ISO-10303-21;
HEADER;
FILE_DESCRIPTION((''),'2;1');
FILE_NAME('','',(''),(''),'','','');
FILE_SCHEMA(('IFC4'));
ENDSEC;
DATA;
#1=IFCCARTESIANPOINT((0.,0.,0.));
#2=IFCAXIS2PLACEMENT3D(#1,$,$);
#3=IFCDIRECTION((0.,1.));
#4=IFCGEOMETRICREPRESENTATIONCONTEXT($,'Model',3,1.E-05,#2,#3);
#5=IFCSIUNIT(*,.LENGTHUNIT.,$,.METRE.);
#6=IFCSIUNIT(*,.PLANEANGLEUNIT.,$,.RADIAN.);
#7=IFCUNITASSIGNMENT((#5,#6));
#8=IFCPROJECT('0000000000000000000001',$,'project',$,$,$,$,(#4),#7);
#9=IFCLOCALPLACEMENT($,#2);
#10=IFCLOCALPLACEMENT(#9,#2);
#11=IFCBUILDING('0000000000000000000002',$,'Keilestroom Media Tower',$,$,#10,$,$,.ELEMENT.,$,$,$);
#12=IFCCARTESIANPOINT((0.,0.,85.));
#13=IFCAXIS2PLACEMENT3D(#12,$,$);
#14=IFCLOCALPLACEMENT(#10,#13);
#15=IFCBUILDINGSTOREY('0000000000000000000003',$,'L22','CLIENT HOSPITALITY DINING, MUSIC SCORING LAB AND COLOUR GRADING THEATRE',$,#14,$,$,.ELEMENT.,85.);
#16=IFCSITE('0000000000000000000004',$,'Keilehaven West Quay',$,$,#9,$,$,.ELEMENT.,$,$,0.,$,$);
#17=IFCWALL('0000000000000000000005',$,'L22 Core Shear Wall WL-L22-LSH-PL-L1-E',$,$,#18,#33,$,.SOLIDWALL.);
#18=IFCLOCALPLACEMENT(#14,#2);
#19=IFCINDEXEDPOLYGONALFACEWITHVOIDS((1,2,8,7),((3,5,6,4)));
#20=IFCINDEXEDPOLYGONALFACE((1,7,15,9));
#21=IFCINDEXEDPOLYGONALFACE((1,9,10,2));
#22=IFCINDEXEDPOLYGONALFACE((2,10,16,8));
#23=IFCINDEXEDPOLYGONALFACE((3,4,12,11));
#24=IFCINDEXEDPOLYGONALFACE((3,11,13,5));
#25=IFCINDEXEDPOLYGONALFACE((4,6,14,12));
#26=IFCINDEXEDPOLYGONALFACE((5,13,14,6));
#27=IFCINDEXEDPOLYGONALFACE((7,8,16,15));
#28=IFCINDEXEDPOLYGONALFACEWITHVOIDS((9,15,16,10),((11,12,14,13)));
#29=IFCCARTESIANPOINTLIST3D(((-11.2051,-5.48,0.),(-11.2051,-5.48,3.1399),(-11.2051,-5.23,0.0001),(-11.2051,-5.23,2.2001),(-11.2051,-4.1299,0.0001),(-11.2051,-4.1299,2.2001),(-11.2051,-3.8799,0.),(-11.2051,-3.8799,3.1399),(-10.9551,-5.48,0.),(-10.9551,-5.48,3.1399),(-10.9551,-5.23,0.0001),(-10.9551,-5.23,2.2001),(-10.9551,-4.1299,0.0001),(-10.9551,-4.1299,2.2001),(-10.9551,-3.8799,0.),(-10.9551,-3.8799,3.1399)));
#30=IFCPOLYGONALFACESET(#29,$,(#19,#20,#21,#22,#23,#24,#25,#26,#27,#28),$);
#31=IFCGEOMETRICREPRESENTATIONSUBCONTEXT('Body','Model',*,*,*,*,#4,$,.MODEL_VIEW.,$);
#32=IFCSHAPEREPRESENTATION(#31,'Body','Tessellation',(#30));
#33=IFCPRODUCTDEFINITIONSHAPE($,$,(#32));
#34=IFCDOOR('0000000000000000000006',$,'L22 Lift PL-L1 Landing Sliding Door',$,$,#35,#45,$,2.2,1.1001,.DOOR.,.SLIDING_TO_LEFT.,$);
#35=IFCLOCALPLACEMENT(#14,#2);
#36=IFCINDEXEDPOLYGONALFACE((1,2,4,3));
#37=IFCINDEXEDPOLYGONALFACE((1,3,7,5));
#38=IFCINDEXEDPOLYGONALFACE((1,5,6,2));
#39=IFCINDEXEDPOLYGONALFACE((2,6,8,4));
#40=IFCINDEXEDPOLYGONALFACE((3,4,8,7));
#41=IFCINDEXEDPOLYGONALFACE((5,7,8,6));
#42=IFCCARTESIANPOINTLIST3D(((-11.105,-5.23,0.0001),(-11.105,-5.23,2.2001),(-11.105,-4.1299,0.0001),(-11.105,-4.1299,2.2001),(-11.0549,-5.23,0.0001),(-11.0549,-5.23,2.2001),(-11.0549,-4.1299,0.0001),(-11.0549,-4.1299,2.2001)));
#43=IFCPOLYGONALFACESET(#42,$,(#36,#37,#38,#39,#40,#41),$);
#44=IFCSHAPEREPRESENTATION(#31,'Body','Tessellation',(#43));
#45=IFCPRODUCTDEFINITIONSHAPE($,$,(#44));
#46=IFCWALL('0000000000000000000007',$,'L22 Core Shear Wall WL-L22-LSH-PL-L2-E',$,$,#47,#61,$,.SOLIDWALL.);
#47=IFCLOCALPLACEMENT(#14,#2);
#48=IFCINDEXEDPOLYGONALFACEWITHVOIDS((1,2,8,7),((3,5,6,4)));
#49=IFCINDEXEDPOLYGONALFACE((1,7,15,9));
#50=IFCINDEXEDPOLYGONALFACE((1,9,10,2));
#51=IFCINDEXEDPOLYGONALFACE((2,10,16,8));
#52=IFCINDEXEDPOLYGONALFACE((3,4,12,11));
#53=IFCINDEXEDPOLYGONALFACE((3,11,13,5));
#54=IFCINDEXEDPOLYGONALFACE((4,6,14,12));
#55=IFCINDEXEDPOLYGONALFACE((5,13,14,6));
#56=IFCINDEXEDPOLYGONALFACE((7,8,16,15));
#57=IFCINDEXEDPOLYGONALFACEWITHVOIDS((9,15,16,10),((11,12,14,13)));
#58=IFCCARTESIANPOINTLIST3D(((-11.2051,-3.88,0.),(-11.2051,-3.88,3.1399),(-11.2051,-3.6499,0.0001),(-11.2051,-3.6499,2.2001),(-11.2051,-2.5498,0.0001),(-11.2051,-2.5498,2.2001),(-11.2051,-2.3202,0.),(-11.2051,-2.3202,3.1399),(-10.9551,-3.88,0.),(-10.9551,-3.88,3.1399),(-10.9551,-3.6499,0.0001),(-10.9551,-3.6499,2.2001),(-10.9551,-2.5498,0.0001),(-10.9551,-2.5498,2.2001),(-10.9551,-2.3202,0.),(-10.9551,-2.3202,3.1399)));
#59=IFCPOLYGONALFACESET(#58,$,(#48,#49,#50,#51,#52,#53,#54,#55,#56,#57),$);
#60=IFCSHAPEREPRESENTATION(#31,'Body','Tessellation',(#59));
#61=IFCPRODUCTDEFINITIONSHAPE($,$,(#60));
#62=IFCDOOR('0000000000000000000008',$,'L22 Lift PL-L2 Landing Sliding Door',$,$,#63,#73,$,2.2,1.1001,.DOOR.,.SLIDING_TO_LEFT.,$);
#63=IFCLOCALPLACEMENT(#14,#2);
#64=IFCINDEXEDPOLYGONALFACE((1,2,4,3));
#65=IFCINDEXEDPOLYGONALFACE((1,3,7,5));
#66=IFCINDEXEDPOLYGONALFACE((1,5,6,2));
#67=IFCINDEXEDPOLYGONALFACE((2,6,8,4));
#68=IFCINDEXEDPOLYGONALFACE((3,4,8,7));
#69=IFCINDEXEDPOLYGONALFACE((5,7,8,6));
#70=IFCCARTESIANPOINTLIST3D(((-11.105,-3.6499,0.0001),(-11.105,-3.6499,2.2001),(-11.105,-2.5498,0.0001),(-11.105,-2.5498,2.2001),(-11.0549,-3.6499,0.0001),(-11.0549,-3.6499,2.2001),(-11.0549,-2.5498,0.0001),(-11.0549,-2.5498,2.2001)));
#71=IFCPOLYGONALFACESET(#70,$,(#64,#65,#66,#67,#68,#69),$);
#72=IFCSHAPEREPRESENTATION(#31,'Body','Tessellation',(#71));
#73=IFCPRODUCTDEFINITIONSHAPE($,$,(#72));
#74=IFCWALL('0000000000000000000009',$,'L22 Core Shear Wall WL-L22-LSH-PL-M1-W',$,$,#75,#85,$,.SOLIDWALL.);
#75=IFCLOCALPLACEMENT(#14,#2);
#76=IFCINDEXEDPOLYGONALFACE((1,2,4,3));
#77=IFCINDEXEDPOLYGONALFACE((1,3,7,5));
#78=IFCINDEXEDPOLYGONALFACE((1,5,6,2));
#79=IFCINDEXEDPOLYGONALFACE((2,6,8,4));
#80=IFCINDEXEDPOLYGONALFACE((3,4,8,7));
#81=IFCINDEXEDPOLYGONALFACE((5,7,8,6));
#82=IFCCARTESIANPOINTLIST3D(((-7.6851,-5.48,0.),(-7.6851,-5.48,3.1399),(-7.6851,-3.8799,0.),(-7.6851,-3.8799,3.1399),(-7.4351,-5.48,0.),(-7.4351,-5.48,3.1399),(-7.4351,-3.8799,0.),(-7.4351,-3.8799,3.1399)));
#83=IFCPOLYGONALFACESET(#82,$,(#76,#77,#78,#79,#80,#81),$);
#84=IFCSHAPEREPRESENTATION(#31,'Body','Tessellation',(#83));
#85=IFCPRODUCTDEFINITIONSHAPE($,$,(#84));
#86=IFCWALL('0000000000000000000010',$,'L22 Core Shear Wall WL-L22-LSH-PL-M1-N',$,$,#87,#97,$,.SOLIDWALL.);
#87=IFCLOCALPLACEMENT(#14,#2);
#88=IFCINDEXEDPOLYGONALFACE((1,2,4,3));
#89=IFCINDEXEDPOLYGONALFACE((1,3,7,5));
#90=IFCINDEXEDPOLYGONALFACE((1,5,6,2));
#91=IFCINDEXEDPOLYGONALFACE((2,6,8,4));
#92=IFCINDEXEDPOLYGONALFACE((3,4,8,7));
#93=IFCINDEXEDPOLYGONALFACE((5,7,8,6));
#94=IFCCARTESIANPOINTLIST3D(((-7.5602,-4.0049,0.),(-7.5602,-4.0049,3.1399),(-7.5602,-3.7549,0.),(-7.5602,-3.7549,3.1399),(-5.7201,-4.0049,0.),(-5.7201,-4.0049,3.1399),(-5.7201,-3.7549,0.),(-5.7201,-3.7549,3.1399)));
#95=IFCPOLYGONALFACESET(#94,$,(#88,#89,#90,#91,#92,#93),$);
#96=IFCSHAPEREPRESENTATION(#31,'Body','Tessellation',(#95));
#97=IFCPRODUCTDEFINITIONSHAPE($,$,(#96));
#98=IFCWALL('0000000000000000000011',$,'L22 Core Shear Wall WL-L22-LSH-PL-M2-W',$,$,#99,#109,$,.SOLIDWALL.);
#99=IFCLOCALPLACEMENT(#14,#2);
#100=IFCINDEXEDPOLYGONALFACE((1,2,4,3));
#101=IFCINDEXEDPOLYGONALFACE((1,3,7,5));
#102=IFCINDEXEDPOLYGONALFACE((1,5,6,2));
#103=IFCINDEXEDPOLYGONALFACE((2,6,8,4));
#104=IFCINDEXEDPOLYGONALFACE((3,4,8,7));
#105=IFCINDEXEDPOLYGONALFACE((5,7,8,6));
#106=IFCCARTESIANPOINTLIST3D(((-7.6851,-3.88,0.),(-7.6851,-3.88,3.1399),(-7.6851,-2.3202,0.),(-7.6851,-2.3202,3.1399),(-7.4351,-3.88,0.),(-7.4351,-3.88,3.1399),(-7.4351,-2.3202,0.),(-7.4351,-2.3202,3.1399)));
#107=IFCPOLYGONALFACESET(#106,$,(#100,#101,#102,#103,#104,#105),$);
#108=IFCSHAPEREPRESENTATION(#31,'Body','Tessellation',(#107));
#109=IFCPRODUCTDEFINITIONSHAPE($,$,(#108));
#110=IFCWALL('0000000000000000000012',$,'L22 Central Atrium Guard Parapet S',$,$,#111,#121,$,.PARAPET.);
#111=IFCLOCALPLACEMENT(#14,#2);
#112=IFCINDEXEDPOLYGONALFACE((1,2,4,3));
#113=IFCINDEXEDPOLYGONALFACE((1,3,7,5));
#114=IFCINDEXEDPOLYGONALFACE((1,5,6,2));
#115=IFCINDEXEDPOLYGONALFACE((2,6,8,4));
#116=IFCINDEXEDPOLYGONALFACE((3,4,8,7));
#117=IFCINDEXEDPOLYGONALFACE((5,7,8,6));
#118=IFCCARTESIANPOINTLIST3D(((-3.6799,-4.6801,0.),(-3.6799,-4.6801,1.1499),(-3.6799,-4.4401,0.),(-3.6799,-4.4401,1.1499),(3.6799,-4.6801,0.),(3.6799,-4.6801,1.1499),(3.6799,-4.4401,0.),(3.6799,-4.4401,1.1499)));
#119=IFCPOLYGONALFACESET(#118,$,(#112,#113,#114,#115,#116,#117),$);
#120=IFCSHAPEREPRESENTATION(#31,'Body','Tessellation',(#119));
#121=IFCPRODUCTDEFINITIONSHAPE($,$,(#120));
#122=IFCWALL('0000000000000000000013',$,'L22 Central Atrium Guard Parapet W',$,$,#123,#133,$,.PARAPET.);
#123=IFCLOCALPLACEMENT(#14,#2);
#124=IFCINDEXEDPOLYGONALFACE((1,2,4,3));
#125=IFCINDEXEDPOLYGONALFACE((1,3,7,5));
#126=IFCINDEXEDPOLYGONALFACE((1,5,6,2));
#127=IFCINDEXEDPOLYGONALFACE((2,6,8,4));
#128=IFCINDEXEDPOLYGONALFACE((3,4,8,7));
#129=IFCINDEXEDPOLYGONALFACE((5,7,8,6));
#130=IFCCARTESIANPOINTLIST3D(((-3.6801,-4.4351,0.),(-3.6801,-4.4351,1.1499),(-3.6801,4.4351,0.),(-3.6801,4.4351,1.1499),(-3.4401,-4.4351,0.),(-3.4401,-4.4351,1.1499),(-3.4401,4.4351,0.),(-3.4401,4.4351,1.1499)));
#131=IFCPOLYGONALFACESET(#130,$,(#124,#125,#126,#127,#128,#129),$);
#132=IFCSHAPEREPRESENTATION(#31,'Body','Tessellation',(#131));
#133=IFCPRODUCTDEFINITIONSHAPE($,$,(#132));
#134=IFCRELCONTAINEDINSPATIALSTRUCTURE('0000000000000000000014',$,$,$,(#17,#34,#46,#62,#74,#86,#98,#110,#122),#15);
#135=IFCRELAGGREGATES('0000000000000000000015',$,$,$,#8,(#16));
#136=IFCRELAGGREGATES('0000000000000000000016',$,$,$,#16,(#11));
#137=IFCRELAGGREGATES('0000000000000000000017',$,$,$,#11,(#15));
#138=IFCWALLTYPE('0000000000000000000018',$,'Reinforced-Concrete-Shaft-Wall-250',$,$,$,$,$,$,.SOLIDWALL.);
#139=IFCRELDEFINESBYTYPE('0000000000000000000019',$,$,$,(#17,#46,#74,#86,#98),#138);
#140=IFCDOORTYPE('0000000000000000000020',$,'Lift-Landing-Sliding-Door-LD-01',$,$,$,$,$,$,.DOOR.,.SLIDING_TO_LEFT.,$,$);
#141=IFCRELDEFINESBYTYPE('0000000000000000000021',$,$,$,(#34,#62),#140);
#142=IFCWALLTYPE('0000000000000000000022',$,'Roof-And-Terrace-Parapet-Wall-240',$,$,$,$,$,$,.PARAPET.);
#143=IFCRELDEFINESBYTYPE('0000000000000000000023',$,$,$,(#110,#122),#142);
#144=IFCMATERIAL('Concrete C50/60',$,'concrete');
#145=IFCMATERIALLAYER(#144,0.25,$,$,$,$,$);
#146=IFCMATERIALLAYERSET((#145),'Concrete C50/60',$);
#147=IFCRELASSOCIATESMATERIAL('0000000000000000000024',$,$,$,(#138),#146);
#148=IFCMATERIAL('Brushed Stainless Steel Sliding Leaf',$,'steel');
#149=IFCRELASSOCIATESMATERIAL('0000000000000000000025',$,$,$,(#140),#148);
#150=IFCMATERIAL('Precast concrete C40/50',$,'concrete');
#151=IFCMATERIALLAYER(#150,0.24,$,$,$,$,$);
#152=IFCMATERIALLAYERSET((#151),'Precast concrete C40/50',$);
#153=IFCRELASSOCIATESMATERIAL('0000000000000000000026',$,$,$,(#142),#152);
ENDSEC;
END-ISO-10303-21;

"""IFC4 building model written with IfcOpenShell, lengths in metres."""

from ifc_helpers import new_model, si_unit, direction, frame, frame_2d, origin, place, context, subcontext, project, spatial, rectangle, extrude, source, transform, mapped, material, layer, layer_set, type_object, element, fill, save


model = new_model("IFC4")

# Units and contexts
model_context = context("Model", 3, precision=1e-05, world=origin(), true_north=direction((0.0, 1.0)))
body_context = subcontext(model_context, "Body", "Model", "MODEL_VIEW")
ifc_project = project(units=[si_unit("LENGTHUNIT", "METRE"), si_unit("PLANEANGLEUNIT", "RADIAN")], contexts=[model_context])

# Site, building, storey
site_placement = place(None, origin())
site = spatial("IfcSite", under=ifc_project, at=site_placement, Name="Keilehaven West Quay", CompositionType="ELEMENT", RefElevation=0.0)
building_placement = place(site_placement, origin())
building = spatial("IfcBuilding", under=site, at=building_placement, Name="Keilestroom Media Tower", CompositionType="ELEMENT")
storey_placement = place(building_placement, frame((0.0, 0.0, 85.0)))
storey = spatial("IfcBuildingStorey", under=building, at=storey_placement, Name="L22", Description="CLIENT HOSPITALITY DINING, MUSIC SCORING LAB AND COLOUR GRADING THEATRE", CompositionType="ELEMENT", Elevation=85.0)

# Shared definitions
ifc_material_1 = material(Name="Concrete C50/60", Category="concrete")
ifc_layer_1 = layer(ifc_material_1, 0.25)
ifc_layer_set_1 = layer_set([ifc_layer_1], Name="Concrete C50/60")
wall_type_1 = type_object("IfcWallType", Name="Reinforced-Concrete-Shaft-Wall-250", PredefinedType="SOLIDWALL", material=ifc_layer_set_1)

# Shared definitions
ifc_material_2 = material(Name="Brushed Stainless Steel Sliding Leaf", Category="steel")

# Walls, openings, doors
wall_1_placement = place(storey_placement, frame((-11.0801, -5.48, 0.0), z_axis=(0.0, 0.0, 1.0), x_axis=(0.0, 1.0, 0.0)))
wall_1 = element("IfcWall", 1, at=wall_1_placement, inside=storey, type_object=wall_type_1, Name="L22 Core Shear Wall WL-L22-LSH-PL-L1-E", PredefinedType="SOLIDWALL", context=body_context, shape_type="SweptSolid", body=[
    extrude(rectangle(XDim=1.6001, YDim=0.25, at=frame_2d((0.8, 0.0))), origin(), (0.0, 0.0, 1.0), 3.1399),
])
opening_1_placement = place(wall_1_placement, frame((0.25, 0.0, 0.0)))
opening_1 = element("IfcOpeningElement", 2, at=opening_1_placement, cuts=wall_1, PredefinedType="OPENING", context=body_context, shape_type="SweptSolid", body=[
    extrude(rectangle(XDim=1.1001, YDim=2.2, at=frame_2d((0.55, 1.1001))), frame((0.0, 0.135, 0.0), z_axis=(0.0, -1.0, 0.0), x_axis=(1.0, 0.0, 0.0)), (0.0, 0.0, 1.0), 0.27),
])
door_type_1 = type_object("IfcDoorType", Name="Lift-Landing-Sliding-Door-LD-01", OperationType="SLIDING_TO_LEFT", PredefinedType="DOOR", material=ifc_material_2)
shared_shape_1 = source(origin(), body_context, "Body", "SweptSolid", [
    extrude(rectangle(XDim=1.1001, YDim=2.2, at=frame_2d((0.55, 1.1001))), frame((0.0, 0.0249, 0.0), z_axis=(0.0, -1.0, 0.0), x_axis=(1.0, 0.0, 0.0)), (0.0, 0.0, 1.0), 0.05),
])
door_1_placement = place(opening_1_placement, origin())
door_1 = element("IfcDoor", 3, at=door_1_placement, inside=storey, type_object=door_type_1, Name="L22 Lift PL-L1 Landing Sliding Door", OperationType="SLIDING_TO_LEFT", OverallHeight=2.2, OverallWidth=1.1001, PredefinedType="DOOR", context=body_context, shape_type="MappedRepresentation", body=[
    mapped(shared_shape_1, transform((0.0, 0.0, 0.0), x_axis=(1.0, 0.0, 0.0), y_axis=(0.0, 1.0, 0.0), z_axis=(0.0, 0.0, 1.0), scale=1.0)),
])
fill(opening_1, door_1)
wall_2_placement = place(storey_placement, frame((-11.0801, -3.8799, 0.0), z_axis=(0.0, 0.0, 1.0), x_axis=(0.0, 1.0, 0.0)))
wall_2 = element("IfcWall", 4, at=wall_2_placement, inside=storey, type_object=wall_type_1, Name="L22 Core Shear Wall WL-L22-LSH-PL-L2-E", PredefinedType="SOLIDWALL", context=body_context, shape_type="SweptSolid", body=[
    extrude(rectangle(XDim=1.5598, YDim=0.25, at=frame_2d((0.7798, 0.0))), origin(), (0.0, 0.0, 1.0), 3.1399),
])
opening_2_placement = place(wall_2_placement, frame((0.23, 0.0, 0.0)))
opening_2 = element("IfcOpeningElement", 5, at=opening_2_placement, cuts=wall_2, PredefinedType="OPENING", context=body_context, shape_type="SweptSolid", body=[
    extrude(rectangle(XDim=1.1001, YDim=2.2, at=frame_2d((0.55, 1.1001))), frame((0.0, 0.135, 0.0), z_axis=(0.0, -1.0, 0.0), x_axis=(1.0, 0.0, 0.0)), (0.0, 0.0, 1.0), 0.27),
])
door_2_placement = place(opening_2_placement, origin())
door_2 = element("IfcDoor", 6, at=door_2_placement, inside=storey, type_object=door_type_1, Name="L22 Lift PL-L2 Landing Sliding Door", OperationType="SLIDING_TO_LEFT", OverallHeight=2.2, OverallWidth=1.1001, PredefinedType="DOOR", context=body_context, shape_type="MappedRepresentation", body=[
    mapped(shared_shape_1, transform((0.0, 0.0, 0.0), x_axis=(1.0, 0.0, 0.0), y_axis=(0.0, 1.0, 0.0), z_axis=(0.0, 0.0, 1.0), scale=1.0)),
])
fill(opening_2, door_2)

# Walls
wall_3_placement = place(storey_placement, frame((-7.5601, -5.48, 0.0), z_axis=(0.0, 0.0, 1.0), x_axis=(0.0, 1.0, 0.0)))
element("IfcWall", 7, at=wall_3_placement, inside=storey, type_object=wall_type_1, Name="L22 Core Shear Wall WL-L22-LSH-PL-M1-W", PredefinedType="SOLIDWALL", context=body_context, shape_type="SweptSolid", body=[
    extrude(rectangle(XDim=1.6001, YDim=0.25, at=frame_2d((0.8, 0.0))), origin(), (0.0, 0.0, 1.0), 3.1399),
])
wall_4_placement = place(storey_placement, frame((-7.5601, -3.8799, 0.0), z_axis=(0.0, 0.0, 1.0), x_axis=(1.0, 0.0, 0.0)))
element("IfcWall", 8, at=wall_4_placement, inside=storey, type_object=wall_type_1, Name="L22 Core Shear Wall WL-L22-LSH-PL-M1-N", PredefinedType="SOLIDWALL", context=body_context, shape_type="SweptSolid", body=[
    extrude(rectangle(XDim=1.8401, YDim=0.25, at=frame_2d((0.9199, 0.0))), origin(), (0.0, 0.0, 1.0), 3.1399),
])
wall_5_placement = place(storey_placement, frame((-7.5601, -3.8799, 0.0), z_axis=(0.0, 0.0, 1.0), x_axis=(0.0, 1.0, 0.0)))
element("IfcWall", 9, at=wall_5_placement, inside=storey, type_object=wall_type_1, Name="L22 Core Shear Wall WL-L22-LSH-PL-M2-W", PredefinedType="SOLIDWALL", context=body_context, shape_type="SweptSolid", body=[
    extrude(rectangle(XDim=1.5598, YDim=0.25, at=frame_2d((0.7798, 0.0))), origin(), (0.0, 0.0, 1.0), 3.1399),
])
ifc_material_3 = material(Name="Precast concrete C40/50", Category="concrete")
ifc_layer_2 = layer(ifc_material_3, 0.24)
ifc_layer_set_2 = layer_set([ifc_layer_2], Name="Precast concrete C40/50")
wall_type_2 = type_object("IfcWallType", Name="Roof-And-Terrace-Parapet-Wall-240", PredefinedType="PARAPET", material=ifc_layer_set_2)
wall_6_placement = place(storey_placement, frame((-3.6799, -4.5601, 0.0), z_axis=(0.0, 0.0, 1.0), x_axis=(1.0, 0.0, 0.0)))
element("IfcWall", 10, at=wall_6_placement, inside=storey, type_object=wall_type_2, Name="L22 Central Atrium Guard Parapet S", PredefinedType="PARAPET", context=body_context, shape_type="SweptSolid", body=[
    extrude(rectangle(XDim=7.3599, YDim=0.24, at=frame_2d((3.6799, 0.0))), origin(), (0.0, 0.0, 1.0), 1.1499),
])
wall_7_placement = place(storey_placement, frame((-3.5601, -4.4351, 0.0), z_axis=(0.0, 0.0, 1.0), x_axis=(0.0, 1.0, 0.0)))
element("IfcWall", 11, at=wall_7_placement, inside=storey, type_object=wall_type_2, Name="L22 Central Atrium Guard Parapet W", PredefinedType="PARAPET", context=body_context, shape_type="SweptSolid", body=[
    extrude(rectangle(XDim=8.8701, YDim=0.24, at=frame_2d((4.4351, 0.0))), origin(), (0.0, 0.0, 1.0), 1.1499),
])

save(model, "model.ifc")
